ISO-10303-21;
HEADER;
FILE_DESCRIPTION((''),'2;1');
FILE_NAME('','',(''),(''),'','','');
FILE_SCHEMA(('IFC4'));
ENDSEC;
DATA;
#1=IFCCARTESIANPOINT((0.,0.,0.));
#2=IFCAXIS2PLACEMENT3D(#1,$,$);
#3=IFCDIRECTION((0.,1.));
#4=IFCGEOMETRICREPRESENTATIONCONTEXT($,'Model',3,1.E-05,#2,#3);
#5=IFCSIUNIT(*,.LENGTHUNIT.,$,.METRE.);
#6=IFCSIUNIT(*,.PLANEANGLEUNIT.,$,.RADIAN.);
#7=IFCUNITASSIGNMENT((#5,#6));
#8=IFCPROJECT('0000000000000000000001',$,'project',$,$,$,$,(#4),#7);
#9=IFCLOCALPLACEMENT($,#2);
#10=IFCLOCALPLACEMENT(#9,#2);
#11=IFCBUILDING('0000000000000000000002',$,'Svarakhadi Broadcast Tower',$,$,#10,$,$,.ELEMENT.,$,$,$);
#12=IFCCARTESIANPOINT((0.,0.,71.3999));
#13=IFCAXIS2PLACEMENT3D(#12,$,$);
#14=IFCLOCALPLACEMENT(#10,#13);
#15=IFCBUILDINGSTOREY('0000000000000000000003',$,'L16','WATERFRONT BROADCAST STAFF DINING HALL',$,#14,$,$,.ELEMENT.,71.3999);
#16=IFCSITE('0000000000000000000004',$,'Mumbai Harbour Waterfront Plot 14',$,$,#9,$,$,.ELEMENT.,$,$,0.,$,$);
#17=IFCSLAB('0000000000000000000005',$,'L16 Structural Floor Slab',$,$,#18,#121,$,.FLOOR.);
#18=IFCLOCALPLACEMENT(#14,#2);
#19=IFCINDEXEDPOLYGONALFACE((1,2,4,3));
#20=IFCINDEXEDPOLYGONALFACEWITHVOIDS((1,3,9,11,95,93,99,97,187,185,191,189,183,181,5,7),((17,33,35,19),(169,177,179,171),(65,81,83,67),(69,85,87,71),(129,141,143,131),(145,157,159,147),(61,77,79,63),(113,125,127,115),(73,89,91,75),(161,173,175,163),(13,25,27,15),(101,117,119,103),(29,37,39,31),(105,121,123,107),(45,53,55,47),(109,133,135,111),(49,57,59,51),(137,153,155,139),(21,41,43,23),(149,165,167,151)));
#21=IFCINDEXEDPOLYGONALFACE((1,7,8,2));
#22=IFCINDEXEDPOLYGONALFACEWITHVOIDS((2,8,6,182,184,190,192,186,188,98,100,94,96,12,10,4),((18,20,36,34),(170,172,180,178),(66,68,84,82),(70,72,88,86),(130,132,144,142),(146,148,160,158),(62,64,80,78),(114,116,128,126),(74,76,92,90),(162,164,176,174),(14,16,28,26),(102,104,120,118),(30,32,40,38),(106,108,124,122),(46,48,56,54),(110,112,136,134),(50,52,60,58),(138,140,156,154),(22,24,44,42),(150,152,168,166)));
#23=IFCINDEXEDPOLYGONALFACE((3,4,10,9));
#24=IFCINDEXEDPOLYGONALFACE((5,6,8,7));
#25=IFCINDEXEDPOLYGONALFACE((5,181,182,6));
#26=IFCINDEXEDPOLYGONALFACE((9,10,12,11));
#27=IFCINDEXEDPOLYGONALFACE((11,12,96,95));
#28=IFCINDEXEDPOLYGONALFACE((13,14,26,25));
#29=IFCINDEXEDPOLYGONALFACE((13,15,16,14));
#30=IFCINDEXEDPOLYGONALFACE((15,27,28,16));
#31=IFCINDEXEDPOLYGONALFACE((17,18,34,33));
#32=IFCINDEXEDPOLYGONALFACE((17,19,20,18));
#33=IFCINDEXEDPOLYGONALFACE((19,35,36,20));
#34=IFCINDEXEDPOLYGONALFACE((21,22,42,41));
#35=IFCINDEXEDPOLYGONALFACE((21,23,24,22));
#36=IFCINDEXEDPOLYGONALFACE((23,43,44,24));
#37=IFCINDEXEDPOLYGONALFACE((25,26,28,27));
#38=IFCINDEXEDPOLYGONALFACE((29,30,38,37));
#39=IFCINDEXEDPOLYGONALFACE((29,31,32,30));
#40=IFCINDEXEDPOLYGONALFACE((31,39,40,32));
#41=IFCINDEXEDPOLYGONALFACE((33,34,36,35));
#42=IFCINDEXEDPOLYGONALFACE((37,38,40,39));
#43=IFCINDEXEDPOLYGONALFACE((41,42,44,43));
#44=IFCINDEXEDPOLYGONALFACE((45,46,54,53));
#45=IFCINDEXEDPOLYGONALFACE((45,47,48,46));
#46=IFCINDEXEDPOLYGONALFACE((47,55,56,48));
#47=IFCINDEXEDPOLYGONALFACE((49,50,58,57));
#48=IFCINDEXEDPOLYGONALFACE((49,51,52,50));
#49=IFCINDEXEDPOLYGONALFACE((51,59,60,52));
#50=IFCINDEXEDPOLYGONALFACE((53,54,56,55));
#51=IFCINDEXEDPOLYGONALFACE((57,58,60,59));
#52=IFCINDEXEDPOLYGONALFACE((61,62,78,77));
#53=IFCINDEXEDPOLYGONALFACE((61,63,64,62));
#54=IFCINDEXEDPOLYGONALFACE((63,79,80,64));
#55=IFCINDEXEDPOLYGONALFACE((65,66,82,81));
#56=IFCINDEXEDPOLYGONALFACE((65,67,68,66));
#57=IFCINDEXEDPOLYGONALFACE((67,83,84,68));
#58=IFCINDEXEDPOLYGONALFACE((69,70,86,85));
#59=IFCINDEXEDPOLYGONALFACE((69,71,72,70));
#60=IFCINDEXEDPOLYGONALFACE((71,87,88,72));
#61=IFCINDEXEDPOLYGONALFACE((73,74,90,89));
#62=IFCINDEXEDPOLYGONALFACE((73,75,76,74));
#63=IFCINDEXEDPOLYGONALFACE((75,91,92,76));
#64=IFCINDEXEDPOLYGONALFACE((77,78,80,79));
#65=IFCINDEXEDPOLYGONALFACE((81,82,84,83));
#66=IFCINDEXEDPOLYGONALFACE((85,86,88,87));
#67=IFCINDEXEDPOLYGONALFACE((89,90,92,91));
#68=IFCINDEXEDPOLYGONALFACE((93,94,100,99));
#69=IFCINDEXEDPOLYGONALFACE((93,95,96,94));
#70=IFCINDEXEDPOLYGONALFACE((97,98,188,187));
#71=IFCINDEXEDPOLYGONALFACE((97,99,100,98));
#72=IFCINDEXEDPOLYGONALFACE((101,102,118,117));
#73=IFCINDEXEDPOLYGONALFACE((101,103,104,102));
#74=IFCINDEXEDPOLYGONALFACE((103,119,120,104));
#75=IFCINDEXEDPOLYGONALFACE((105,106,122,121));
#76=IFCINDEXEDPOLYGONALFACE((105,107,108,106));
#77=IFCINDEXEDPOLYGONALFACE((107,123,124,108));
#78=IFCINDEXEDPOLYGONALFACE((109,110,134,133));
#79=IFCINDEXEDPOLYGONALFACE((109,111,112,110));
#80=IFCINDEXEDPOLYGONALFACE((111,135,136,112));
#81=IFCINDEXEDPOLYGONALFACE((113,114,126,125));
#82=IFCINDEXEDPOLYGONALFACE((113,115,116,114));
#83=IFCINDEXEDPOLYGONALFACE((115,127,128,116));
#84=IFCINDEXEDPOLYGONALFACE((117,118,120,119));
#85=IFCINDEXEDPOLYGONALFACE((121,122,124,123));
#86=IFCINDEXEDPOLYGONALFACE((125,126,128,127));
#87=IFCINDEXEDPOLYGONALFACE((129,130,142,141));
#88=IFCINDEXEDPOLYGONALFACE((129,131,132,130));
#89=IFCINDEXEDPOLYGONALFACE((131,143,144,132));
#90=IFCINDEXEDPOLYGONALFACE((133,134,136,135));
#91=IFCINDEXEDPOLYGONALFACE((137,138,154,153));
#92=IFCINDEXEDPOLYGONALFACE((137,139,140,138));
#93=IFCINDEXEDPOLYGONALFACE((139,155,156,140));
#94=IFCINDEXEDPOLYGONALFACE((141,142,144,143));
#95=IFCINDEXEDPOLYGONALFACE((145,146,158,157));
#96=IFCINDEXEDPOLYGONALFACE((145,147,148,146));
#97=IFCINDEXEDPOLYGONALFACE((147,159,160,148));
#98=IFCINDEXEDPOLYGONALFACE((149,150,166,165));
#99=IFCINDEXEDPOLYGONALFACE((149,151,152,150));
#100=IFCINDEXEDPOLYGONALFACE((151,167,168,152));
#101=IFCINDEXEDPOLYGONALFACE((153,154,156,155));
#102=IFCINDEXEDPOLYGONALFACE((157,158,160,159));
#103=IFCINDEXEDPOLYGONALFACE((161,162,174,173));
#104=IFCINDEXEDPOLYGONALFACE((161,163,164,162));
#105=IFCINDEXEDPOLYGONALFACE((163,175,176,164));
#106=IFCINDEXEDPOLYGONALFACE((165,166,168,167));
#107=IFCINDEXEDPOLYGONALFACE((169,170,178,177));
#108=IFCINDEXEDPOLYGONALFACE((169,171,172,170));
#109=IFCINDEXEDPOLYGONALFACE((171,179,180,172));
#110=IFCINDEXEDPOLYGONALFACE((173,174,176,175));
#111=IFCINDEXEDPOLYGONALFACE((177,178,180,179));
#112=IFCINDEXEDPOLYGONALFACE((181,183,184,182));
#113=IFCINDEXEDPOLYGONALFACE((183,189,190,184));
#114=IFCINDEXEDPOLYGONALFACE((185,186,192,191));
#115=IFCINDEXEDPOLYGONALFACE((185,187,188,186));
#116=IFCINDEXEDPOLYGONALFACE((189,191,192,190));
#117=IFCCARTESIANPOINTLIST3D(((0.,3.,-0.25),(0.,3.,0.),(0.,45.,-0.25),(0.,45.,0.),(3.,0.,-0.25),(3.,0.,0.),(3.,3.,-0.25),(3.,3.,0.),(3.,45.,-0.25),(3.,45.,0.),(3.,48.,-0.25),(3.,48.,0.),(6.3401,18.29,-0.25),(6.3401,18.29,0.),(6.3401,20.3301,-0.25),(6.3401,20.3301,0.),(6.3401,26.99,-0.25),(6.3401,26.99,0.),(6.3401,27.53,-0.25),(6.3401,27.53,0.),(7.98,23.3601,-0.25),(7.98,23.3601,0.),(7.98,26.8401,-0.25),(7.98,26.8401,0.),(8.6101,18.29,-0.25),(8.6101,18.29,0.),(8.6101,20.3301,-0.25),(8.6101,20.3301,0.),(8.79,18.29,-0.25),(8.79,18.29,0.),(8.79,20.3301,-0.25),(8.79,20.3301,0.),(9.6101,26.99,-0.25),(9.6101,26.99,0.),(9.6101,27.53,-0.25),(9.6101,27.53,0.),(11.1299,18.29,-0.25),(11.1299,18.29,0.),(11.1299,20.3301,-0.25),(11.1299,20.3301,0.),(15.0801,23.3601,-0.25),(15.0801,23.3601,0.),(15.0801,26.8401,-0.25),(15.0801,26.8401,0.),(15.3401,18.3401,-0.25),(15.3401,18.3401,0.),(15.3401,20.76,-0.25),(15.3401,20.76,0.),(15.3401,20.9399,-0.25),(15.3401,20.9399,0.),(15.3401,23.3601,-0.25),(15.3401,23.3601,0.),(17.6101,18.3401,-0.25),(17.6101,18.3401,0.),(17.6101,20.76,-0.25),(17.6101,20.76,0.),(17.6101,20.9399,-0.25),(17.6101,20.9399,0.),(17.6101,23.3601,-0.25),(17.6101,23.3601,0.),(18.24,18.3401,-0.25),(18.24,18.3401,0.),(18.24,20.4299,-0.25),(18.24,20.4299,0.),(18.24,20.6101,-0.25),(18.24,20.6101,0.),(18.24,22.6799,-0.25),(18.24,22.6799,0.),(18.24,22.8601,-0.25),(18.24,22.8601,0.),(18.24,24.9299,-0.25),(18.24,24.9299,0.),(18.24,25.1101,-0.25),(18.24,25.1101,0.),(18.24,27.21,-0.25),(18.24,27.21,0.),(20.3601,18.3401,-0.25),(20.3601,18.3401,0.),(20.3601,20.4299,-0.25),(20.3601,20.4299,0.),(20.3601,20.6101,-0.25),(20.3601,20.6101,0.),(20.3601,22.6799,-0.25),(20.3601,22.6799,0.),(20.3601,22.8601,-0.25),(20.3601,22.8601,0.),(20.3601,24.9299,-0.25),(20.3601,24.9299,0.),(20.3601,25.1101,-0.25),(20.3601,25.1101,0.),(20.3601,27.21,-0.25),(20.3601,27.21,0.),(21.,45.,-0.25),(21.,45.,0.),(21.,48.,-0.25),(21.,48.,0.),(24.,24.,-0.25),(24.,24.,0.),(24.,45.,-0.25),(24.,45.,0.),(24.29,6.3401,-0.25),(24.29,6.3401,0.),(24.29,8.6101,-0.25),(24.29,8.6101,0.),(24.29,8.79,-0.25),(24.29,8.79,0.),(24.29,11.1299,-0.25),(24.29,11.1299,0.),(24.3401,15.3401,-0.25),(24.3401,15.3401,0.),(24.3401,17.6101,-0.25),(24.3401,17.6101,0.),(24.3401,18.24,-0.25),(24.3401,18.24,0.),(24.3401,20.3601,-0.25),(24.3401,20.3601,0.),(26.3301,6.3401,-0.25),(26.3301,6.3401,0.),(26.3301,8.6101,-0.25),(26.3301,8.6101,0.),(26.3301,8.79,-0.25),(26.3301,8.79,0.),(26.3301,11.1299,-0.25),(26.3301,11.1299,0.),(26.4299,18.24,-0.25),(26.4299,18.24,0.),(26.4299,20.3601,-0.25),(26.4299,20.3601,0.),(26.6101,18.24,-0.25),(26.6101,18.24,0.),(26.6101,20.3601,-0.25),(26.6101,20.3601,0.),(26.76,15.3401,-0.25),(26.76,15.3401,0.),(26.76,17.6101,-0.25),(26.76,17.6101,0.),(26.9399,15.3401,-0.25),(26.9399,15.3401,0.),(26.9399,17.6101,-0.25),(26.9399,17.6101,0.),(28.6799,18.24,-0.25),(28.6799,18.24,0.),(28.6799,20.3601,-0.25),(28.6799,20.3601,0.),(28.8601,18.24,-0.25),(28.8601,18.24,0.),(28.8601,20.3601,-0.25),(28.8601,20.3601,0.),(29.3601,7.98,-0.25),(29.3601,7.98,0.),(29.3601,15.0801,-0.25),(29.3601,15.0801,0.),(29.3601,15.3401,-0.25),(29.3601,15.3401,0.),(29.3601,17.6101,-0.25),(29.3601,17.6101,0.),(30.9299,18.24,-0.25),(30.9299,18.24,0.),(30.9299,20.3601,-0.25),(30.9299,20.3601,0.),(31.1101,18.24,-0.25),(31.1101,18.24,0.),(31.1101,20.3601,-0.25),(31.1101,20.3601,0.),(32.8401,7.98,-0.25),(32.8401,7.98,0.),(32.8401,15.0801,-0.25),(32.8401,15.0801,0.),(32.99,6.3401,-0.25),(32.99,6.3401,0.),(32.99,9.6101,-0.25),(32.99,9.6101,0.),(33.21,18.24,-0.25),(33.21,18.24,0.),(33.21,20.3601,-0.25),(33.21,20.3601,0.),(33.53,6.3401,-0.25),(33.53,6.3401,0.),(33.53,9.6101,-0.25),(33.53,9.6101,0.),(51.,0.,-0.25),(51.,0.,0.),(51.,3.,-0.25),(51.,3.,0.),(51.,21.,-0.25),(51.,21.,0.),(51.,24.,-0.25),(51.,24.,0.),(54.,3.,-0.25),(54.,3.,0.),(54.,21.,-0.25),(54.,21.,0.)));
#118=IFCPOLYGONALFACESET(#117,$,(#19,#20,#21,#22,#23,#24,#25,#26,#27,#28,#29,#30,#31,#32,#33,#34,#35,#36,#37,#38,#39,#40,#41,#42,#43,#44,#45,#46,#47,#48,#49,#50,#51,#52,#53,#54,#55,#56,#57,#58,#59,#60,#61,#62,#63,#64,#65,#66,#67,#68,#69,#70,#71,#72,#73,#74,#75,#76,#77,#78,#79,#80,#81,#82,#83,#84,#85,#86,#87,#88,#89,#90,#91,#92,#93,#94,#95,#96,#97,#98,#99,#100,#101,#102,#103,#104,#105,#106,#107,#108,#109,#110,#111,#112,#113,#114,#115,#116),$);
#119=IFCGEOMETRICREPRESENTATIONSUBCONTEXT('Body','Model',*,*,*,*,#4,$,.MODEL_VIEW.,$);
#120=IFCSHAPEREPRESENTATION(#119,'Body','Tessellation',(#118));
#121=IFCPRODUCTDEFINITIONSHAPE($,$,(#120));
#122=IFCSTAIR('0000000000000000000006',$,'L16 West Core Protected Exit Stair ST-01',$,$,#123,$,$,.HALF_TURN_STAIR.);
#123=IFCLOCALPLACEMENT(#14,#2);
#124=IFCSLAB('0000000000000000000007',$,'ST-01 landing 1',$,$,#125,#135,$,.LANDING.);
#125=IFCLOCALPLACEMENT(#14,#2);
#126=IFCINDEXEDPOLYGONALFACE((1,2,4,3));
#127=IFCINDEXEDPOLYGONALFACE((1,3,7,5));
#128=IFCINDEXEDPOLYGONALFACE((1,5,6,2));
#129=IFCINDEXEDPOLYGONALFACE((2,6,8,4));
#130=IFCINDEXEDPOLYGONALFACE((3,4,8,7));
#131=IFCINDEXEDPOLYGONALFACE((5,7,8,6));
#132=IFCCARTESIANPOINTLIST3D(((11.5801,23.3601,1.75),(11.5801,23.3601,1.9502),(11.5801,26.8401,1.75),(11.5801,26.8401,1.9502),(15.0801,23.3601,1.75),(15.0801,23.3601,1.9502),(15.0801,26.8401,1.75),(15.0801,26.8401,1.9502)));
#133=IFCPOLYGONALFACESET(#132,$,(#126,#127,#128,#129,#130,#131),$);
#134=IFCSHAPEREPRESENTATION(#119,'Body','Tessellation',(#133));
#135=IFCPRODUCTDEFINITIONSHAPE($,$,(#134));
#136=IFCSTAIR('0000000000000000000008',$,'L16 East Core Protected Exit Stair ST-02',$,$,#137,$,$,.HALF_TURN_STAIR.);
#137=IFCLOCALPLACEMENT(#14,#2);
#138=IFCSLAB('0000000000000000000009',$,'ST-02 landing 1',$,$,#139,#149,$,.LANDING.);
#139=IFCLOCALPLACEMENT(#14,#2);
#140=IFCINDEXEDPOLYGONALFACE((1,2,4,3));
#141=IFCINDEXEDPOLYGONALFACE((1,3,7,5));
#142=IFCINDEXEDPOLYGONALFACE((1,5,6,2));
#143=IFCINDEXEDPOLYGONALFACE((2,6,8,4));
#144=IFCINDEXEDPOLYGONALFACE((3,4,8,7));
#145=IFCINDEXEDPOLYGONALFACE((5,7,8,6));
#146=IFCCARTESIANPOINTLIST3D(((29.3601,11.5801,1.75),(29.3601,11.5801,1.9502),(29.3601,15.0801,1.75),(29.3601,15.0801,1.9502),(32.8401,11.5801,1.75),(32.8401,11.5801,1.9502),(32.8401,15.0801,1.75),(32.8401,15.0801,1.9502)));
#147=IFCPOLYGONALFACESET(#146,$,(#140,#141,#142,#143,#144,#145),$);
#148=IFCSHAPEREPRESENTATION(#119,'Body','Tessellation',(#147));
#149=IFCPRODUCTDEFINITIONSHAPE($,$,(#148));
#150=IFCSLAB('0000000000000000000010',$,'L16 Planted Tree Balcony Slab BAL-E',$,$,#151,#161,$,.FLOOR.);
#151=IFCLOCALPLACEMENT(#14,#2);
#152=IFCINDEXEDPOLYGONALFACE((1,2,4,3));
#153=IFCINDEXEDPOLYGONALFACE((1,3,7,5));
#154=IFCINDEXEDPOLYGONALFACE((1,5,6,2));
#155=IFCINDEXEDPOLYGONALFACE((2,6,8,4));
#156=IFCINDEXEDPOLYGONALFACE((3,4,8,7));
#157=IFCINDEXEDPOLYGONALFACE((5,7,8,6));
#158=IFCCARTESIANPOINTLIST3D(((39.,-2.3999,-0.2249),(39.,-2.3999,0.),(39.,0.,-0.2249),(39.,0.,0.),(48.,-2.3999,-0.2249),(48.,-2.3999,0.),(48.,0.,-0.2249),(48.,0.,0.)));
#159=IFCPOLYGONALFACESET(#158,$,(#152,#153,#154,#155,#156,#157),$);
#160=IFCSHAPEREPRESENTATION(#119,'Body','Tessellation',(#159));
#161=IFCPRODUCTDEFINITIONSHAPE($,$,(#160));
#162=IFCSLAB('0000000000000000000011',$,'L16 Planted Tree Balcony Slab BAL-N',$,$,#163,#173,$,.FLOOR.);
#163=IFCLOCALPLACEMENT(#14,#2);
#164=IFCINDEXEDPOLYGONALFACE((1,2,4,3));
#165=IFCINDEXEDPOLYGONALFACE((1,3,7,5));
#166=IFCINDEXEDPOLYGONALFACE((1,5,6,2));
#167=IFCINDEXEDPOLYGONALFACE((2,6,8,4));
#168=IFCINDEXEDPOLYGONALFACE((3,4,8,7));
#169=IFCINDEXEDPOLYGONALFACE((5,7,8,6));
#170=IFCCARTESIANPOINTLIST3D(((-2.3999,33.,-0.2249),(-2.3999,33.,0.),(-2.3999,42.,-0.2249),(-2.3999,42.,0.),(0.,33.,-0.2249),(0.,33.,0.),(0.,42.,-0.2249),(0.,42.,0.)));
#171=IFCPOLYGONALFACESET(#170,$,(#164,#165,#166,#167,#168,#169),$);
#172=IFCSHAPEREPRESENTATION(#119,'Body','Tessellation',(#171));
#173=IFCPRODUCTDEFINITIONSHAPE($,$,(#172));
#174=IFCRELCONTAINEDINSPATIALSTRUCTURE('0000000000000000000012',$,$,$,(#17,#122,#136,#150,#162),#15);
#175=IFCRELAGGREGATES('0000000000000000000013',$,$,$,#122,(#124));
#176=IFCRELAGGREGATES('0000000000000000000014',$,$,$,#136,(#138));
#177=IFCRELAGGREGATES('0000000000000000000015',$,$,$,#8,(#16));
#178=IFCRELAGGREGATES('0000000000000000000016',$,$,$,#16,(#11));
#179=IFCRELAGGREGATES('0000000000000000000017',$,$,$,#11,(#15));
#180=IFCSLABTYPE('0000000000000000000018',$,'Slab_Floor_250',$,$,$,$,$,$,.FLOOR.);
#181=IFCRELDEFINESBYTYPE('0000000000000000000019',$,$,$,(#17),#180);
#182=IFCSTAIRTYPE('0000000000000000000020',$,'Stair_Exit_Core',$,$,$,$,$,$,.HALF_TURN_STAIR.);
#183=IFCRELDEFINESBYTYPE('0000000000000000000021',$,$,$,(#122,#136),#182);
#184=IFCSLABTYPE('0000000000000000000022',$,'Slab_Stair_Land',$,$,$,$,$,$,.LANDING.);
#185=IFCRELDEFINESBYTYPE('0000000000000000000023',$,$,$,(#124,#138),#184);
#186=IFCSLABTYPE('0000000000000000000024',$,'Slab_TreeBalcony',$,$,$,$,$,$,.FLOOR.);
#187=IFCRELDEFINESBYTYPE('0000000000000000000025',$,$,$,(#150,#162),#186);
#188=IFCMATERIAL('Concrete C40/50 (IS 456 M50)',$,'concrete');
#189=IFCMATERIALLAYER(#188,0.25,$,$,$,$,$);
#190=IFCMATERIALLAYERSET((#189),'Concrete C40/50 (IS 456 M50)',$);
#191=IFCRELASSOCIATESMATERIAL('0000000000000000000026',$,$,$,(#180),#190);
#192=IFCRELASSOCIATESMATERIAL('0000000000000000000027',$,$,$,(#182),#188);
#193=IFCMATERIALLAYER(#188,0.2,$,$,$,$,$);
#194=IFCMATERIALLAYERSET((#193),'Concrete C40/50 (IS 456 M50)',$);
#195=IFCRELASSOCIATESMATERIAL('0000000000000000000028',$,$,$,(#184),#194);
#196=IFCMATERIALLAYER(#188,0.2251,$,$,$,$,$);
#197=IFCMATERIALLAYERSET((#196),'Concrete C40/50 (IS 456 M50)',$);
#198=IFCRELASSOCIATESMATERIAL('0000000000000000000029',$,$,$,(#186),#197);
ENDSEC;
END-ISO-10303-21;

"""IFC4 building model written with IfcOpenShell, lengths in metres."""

from ifc_helpers import new_model, si_unit, direction, frame, origin, place, context, subcontext, project, spatial, polyline, outline, extrude, material, layer, layer_set, type_object, element, aggregate, save


model = new_model("IFC4")

# Units and contexts
model_context = context("Model", 3, precision=1e-05, world=origin(), true_north=direction((0.0, 1.0)))
body_context = subcontext(model_context, "Body", "Model", "MODEL_VIEW")
ifc_project = project(units=[si_unit("LENGTHUNIT", "METRE"), si_unit("PLANEANGLEUNIT", "RADIAN")], contexts=[model_context])

# Site, building, storey
site_placement = place(None, origin())
site = spatial("IfcSite", under=ifc_project, at=site_placement, Name="Mumbai Harbour Waterfront Plot 14", CompositionType="ELEMENT", RefElevation=0.0)
building_placement = place(site_placement, origin())
building = spatial("IfcBuilding", under=site, at=building_placement, Name="Svarakhadi Broadcast Tower", CompositionType="ELEMENT")
storey_placement = place(building_placement, frame((0.0, 0.0, 71.3999)))
storey = spatial("IfcBuildingStorey", under=building, at=storey_placement, Name="L16", Description="WATERFRONT BROADCAST STAFF DINING HALL", CompositionType="ELEMENT", Elevation=71.3999)

# Slab
ifc_material_1 = material(Name="Concrete C40/50 (IS 456 M50)", Category="concrete")
ifc_layer_1 = layer(ifc_material_1, 0.25)
ifc_layer_set_1 = layer_set([ifc_layer_1], Name="Concrete C40/50 (IS 456 M50)")
slab_type_1 = type_object("IfcSlabType", Name="Slab_Floor_250", PredefinedType="FLOOR", material=ifc_layer_set_1)
slab_1_placement = place(storey_placement, frame((0.0, 0.0, -0.25)))
element("IfcSlab", 1, at=slab_1_placement, inside=storey, type_object=slab_type_1, Name="L16 Structural Floor Slab", PredefinedType="FLOOR", context=body_context, shape_type="SweptSolid", body=[
    extrude(outline(polyline([(3.0, 0.0), (51.0, 0.0), (51.0, 3.0), (54.0, 3.0), (54.0, 21.0), (51.0, 21.0), (51.0, 24.0), (24.0, 24.0), (24.0, 45.0), (21.0, 45.0), (21.0, 48.0), (3.0, 48.0), (3.0, 45.0), (0.0, 45.0), (0.0, 3.0), (3.0, 3.0), (3.0, 0.0)]), holes=[polyline([(7.98, 23.3601), (15.0801, 23.3601), (15.0801, 26.8401), (7.98, 26.8401), (7.98, 23.3601)]), polyline([(32.8401, 7.98), (32.8401, 15.0801), (29.3601, 15.0801), (29.3601, 7.98), (32.8401, 7.98)]), polyline([(6.3401, 18.29), (8.6101, 18.29), (8.6101, 20.3301), (6.3401, 20.3301), (6.3401, 18.29)]), polyline([(8.79, 18.29), (11.1299, 18.29), (11.1299, 20.3301), (8.79, 20.3301), (8.79, 18.29)]), polyline([(24.29, 6.3401), (26.3301, 6.3401), (26.3301, 8.6101), (24.29, 8.6101), (24.29, 6.3401)]), polyline([(24.29, 8.79), (26.3301, 8.79), (26.3301, 11.1299), (24.29, 11.1299), (24.29, 8.79)]), polyline([(6.3401, 26.99), (9.6101, 26.99), (9.6101, 27.53), (6.3401, 27.53), (6.3401, 26.99)]), polyline([(32.99, 6.3401), (33.53, 6.3401), (33.53, 9.6101), (32.99, 9.6101), (32.99, 6.3401)]), polyline([(15.3401, 18.3401), (17.6101, 18.3401), (17.6101, 20.76), (15.3401, 20.76), (15.3401, 18.3401)]), polyline([(15.3401, 20.9399), (17.6101, 20.9399), (17.6101, 23.3601), (15.3401, 23.3601), (15.3401, 20.9399)]), polyline([(24.3401, 15.3401), (26.76, 15.3401), (26.76, 17.6101), (24.3401, 17.6101), (24.3401, 15.3401)]), polyline([(26.9399, 15.3401), (29.3601, 15.3401), (29.3601, 17.6101), (26.9399, 17.6101), (26.9399, 15.3401)]), polyline([(18.24, 18.3401), (20.3601, 18.3401), (20.3601, 20.4299), (18.24, 20.4299), (18.24, 18.3401)]), polyline([(18.24, 20.6101), (20.3601, 20.6101), (20.3601, 22.6799), (18.24, 22.6799), (18.24, 20.6101)]), polyline([(18.24, 22.8601), (20.3601, 22.8601), (20.3601, 24.9299), (18.24, 24.9299), (18.24, 22.8601)]), polyline([(18.24, 25.1101), (20.3601, 25.1101), (20.3601, 27.21), (18.24, 27.21), (18.24, 25.1101)]), polyline([(24.3401, 18.24), (26.4299, 18.24), (26.4299, 20.3601), (24.3401, 20.3601), (24.3401, 18.24)]), polyline([(26.6101, 18.24), (28.6799, 18.24), (28.6799, 20.3601), (26.6101, 20.3601), (26.6101, 18.24)]), polyline([(28.8601, 18.24), (30.9299, 18.24), (30.9299, 20.3601), (28.8601, 20.3601), (28.8601, 18.24)]), polyline([(31.1101, 18.24), (33.21, 18.24), (33.21, 20.3601), (31.1101, 20.3601), (31.1101, 18.24)])]), origin(), (0.0, 0.0, 1.0), 0.25),
])

# Stairs, slabs
stair_type = type_object("IfcStairType", Name="Stair_Exit_Core", PredefinedType="HALF_TURN_STAIR", material=ifc_material_1)
stair_1_placement = place(storey_placement, origin())
stair_1 = element("IfcStair", 2, at=stair_1_placement, inside=storey, type_object=stair_type, Name="L16 West Core Protected Exit Stair ST-01", PredefinedType="HALF_TURN_STAIR")
ifc_layer_2 = layer(ifc_material_1, 0.2)
ifc_layer_set_2 = layer_set([ifc_layer_2], Name="Concrete C40/50 (IS 456 M50)")
slab_type_2 = type_object("IfcSlabType", Name="Slab_Stair_Land", PredefinedType="LANDING", material=ifc_layer_set_2)
slab_2_placement = place(storey_placement, frame((0.0, 0.0, 1.75)))
slab_2 = element("IfcSlab", 3, at=slab_2_placement, type_object=slab_type_2, Name="ST-01 landing 1", PredefinedType="LANDING", context=body_context, shape_type="SweptSolid", body=[
    extrude(outline(polyline([(11.5801, 23.3601), (15.0801, 23.3601), (15.0801, 26.8401), (11.5801, 26.8401), (11.5801, 23.3601)])), origin(), (0.0, 0.0, 1.0), 0.2002),
])
aggregate(stair_1, [slab_2])
stair_2_placement = place(storey_placement, origin())
stair_2 = element("IfcStair", 4, at=stair_2_placement, inside=storey, type_object=stair_type, Name="L16 East Core Protected Exit Stair ST-02", PredefinedType="HALF_TURN_STAIR")
slab_3_placement = place(storey_placement, frame((0.0, 0.0, 1.75)))
slab_3 = element("IfcSlab", 5, at=slab_3_placement, type_object=slab_type_2, Name="ST-02 landing 1", PredefinedType="LANDING", context=body_context, shape_type="SweptSolid", body=[
    extrude(outline(polyline([(32.8401, 11.5801), (32.8401, 15.0801), (29.3601, 15.0801), (29.3601, 11.5801), (32.8401, 11.5801)])), origin(), (0.0, 0.0, 1.0), 0.2002),
])
aggregate(stair_2, [slab_3])

# Slabs
ifc_layer_3 = layer(ifc_material_1, 0.2251)
ifc_layer_set_3 = layer_set([ifc_layer_3], Name="Concrete C40/50 (IS 456 M50)")
slab_type_3 = type_object("IfcSlabType", Name="Slab_TreeBalcony", PredefinedType="FLOOR", material=ifc_layer_set_3)
slab_4_placement = place(storey_placement, frame((0.0, 0.0, -0.2249)))
element("IfcSlab", 6, at=slab_4_placement, inside=storey, type_object=slab_type_3, Name="L16 Planted Tree Balcony Slab BAL-E", PredefinedType="FLOOR", context=body_context, shape_type="SweptSolid", body=[
    extrude(outline(polyline([(39.0, -2.3999), (48.0, -2.3999), (48.0, 0.0), (39.0, 0.0), (39.0, -2.3999)])), origin(), (0.0, 0.0, 1.0), 0.2249),
])
slab_5_placement = place(storey_placement, frame((0.0, 0.0, -0.2249)))
element("IfcSlab", 7, at=slab_5_placement, inside=storey, type_object=slab_type_3, Name="L16 Planted Tree Balcony Slab BAL-N", PredefinedType="FLOOR", context=body_context, shape_type="SweptSolid", body=[
    extrude(outline(polyline([(-2.3999, 33.0), (0.0, 33.0), (0.0, 42.0), (-2.3999, 42.0), (-2.3999, 33.0)])), origin(), (0.0, 0.0, 1.0), 0.2249),
])

save(model, "model.ifc")
